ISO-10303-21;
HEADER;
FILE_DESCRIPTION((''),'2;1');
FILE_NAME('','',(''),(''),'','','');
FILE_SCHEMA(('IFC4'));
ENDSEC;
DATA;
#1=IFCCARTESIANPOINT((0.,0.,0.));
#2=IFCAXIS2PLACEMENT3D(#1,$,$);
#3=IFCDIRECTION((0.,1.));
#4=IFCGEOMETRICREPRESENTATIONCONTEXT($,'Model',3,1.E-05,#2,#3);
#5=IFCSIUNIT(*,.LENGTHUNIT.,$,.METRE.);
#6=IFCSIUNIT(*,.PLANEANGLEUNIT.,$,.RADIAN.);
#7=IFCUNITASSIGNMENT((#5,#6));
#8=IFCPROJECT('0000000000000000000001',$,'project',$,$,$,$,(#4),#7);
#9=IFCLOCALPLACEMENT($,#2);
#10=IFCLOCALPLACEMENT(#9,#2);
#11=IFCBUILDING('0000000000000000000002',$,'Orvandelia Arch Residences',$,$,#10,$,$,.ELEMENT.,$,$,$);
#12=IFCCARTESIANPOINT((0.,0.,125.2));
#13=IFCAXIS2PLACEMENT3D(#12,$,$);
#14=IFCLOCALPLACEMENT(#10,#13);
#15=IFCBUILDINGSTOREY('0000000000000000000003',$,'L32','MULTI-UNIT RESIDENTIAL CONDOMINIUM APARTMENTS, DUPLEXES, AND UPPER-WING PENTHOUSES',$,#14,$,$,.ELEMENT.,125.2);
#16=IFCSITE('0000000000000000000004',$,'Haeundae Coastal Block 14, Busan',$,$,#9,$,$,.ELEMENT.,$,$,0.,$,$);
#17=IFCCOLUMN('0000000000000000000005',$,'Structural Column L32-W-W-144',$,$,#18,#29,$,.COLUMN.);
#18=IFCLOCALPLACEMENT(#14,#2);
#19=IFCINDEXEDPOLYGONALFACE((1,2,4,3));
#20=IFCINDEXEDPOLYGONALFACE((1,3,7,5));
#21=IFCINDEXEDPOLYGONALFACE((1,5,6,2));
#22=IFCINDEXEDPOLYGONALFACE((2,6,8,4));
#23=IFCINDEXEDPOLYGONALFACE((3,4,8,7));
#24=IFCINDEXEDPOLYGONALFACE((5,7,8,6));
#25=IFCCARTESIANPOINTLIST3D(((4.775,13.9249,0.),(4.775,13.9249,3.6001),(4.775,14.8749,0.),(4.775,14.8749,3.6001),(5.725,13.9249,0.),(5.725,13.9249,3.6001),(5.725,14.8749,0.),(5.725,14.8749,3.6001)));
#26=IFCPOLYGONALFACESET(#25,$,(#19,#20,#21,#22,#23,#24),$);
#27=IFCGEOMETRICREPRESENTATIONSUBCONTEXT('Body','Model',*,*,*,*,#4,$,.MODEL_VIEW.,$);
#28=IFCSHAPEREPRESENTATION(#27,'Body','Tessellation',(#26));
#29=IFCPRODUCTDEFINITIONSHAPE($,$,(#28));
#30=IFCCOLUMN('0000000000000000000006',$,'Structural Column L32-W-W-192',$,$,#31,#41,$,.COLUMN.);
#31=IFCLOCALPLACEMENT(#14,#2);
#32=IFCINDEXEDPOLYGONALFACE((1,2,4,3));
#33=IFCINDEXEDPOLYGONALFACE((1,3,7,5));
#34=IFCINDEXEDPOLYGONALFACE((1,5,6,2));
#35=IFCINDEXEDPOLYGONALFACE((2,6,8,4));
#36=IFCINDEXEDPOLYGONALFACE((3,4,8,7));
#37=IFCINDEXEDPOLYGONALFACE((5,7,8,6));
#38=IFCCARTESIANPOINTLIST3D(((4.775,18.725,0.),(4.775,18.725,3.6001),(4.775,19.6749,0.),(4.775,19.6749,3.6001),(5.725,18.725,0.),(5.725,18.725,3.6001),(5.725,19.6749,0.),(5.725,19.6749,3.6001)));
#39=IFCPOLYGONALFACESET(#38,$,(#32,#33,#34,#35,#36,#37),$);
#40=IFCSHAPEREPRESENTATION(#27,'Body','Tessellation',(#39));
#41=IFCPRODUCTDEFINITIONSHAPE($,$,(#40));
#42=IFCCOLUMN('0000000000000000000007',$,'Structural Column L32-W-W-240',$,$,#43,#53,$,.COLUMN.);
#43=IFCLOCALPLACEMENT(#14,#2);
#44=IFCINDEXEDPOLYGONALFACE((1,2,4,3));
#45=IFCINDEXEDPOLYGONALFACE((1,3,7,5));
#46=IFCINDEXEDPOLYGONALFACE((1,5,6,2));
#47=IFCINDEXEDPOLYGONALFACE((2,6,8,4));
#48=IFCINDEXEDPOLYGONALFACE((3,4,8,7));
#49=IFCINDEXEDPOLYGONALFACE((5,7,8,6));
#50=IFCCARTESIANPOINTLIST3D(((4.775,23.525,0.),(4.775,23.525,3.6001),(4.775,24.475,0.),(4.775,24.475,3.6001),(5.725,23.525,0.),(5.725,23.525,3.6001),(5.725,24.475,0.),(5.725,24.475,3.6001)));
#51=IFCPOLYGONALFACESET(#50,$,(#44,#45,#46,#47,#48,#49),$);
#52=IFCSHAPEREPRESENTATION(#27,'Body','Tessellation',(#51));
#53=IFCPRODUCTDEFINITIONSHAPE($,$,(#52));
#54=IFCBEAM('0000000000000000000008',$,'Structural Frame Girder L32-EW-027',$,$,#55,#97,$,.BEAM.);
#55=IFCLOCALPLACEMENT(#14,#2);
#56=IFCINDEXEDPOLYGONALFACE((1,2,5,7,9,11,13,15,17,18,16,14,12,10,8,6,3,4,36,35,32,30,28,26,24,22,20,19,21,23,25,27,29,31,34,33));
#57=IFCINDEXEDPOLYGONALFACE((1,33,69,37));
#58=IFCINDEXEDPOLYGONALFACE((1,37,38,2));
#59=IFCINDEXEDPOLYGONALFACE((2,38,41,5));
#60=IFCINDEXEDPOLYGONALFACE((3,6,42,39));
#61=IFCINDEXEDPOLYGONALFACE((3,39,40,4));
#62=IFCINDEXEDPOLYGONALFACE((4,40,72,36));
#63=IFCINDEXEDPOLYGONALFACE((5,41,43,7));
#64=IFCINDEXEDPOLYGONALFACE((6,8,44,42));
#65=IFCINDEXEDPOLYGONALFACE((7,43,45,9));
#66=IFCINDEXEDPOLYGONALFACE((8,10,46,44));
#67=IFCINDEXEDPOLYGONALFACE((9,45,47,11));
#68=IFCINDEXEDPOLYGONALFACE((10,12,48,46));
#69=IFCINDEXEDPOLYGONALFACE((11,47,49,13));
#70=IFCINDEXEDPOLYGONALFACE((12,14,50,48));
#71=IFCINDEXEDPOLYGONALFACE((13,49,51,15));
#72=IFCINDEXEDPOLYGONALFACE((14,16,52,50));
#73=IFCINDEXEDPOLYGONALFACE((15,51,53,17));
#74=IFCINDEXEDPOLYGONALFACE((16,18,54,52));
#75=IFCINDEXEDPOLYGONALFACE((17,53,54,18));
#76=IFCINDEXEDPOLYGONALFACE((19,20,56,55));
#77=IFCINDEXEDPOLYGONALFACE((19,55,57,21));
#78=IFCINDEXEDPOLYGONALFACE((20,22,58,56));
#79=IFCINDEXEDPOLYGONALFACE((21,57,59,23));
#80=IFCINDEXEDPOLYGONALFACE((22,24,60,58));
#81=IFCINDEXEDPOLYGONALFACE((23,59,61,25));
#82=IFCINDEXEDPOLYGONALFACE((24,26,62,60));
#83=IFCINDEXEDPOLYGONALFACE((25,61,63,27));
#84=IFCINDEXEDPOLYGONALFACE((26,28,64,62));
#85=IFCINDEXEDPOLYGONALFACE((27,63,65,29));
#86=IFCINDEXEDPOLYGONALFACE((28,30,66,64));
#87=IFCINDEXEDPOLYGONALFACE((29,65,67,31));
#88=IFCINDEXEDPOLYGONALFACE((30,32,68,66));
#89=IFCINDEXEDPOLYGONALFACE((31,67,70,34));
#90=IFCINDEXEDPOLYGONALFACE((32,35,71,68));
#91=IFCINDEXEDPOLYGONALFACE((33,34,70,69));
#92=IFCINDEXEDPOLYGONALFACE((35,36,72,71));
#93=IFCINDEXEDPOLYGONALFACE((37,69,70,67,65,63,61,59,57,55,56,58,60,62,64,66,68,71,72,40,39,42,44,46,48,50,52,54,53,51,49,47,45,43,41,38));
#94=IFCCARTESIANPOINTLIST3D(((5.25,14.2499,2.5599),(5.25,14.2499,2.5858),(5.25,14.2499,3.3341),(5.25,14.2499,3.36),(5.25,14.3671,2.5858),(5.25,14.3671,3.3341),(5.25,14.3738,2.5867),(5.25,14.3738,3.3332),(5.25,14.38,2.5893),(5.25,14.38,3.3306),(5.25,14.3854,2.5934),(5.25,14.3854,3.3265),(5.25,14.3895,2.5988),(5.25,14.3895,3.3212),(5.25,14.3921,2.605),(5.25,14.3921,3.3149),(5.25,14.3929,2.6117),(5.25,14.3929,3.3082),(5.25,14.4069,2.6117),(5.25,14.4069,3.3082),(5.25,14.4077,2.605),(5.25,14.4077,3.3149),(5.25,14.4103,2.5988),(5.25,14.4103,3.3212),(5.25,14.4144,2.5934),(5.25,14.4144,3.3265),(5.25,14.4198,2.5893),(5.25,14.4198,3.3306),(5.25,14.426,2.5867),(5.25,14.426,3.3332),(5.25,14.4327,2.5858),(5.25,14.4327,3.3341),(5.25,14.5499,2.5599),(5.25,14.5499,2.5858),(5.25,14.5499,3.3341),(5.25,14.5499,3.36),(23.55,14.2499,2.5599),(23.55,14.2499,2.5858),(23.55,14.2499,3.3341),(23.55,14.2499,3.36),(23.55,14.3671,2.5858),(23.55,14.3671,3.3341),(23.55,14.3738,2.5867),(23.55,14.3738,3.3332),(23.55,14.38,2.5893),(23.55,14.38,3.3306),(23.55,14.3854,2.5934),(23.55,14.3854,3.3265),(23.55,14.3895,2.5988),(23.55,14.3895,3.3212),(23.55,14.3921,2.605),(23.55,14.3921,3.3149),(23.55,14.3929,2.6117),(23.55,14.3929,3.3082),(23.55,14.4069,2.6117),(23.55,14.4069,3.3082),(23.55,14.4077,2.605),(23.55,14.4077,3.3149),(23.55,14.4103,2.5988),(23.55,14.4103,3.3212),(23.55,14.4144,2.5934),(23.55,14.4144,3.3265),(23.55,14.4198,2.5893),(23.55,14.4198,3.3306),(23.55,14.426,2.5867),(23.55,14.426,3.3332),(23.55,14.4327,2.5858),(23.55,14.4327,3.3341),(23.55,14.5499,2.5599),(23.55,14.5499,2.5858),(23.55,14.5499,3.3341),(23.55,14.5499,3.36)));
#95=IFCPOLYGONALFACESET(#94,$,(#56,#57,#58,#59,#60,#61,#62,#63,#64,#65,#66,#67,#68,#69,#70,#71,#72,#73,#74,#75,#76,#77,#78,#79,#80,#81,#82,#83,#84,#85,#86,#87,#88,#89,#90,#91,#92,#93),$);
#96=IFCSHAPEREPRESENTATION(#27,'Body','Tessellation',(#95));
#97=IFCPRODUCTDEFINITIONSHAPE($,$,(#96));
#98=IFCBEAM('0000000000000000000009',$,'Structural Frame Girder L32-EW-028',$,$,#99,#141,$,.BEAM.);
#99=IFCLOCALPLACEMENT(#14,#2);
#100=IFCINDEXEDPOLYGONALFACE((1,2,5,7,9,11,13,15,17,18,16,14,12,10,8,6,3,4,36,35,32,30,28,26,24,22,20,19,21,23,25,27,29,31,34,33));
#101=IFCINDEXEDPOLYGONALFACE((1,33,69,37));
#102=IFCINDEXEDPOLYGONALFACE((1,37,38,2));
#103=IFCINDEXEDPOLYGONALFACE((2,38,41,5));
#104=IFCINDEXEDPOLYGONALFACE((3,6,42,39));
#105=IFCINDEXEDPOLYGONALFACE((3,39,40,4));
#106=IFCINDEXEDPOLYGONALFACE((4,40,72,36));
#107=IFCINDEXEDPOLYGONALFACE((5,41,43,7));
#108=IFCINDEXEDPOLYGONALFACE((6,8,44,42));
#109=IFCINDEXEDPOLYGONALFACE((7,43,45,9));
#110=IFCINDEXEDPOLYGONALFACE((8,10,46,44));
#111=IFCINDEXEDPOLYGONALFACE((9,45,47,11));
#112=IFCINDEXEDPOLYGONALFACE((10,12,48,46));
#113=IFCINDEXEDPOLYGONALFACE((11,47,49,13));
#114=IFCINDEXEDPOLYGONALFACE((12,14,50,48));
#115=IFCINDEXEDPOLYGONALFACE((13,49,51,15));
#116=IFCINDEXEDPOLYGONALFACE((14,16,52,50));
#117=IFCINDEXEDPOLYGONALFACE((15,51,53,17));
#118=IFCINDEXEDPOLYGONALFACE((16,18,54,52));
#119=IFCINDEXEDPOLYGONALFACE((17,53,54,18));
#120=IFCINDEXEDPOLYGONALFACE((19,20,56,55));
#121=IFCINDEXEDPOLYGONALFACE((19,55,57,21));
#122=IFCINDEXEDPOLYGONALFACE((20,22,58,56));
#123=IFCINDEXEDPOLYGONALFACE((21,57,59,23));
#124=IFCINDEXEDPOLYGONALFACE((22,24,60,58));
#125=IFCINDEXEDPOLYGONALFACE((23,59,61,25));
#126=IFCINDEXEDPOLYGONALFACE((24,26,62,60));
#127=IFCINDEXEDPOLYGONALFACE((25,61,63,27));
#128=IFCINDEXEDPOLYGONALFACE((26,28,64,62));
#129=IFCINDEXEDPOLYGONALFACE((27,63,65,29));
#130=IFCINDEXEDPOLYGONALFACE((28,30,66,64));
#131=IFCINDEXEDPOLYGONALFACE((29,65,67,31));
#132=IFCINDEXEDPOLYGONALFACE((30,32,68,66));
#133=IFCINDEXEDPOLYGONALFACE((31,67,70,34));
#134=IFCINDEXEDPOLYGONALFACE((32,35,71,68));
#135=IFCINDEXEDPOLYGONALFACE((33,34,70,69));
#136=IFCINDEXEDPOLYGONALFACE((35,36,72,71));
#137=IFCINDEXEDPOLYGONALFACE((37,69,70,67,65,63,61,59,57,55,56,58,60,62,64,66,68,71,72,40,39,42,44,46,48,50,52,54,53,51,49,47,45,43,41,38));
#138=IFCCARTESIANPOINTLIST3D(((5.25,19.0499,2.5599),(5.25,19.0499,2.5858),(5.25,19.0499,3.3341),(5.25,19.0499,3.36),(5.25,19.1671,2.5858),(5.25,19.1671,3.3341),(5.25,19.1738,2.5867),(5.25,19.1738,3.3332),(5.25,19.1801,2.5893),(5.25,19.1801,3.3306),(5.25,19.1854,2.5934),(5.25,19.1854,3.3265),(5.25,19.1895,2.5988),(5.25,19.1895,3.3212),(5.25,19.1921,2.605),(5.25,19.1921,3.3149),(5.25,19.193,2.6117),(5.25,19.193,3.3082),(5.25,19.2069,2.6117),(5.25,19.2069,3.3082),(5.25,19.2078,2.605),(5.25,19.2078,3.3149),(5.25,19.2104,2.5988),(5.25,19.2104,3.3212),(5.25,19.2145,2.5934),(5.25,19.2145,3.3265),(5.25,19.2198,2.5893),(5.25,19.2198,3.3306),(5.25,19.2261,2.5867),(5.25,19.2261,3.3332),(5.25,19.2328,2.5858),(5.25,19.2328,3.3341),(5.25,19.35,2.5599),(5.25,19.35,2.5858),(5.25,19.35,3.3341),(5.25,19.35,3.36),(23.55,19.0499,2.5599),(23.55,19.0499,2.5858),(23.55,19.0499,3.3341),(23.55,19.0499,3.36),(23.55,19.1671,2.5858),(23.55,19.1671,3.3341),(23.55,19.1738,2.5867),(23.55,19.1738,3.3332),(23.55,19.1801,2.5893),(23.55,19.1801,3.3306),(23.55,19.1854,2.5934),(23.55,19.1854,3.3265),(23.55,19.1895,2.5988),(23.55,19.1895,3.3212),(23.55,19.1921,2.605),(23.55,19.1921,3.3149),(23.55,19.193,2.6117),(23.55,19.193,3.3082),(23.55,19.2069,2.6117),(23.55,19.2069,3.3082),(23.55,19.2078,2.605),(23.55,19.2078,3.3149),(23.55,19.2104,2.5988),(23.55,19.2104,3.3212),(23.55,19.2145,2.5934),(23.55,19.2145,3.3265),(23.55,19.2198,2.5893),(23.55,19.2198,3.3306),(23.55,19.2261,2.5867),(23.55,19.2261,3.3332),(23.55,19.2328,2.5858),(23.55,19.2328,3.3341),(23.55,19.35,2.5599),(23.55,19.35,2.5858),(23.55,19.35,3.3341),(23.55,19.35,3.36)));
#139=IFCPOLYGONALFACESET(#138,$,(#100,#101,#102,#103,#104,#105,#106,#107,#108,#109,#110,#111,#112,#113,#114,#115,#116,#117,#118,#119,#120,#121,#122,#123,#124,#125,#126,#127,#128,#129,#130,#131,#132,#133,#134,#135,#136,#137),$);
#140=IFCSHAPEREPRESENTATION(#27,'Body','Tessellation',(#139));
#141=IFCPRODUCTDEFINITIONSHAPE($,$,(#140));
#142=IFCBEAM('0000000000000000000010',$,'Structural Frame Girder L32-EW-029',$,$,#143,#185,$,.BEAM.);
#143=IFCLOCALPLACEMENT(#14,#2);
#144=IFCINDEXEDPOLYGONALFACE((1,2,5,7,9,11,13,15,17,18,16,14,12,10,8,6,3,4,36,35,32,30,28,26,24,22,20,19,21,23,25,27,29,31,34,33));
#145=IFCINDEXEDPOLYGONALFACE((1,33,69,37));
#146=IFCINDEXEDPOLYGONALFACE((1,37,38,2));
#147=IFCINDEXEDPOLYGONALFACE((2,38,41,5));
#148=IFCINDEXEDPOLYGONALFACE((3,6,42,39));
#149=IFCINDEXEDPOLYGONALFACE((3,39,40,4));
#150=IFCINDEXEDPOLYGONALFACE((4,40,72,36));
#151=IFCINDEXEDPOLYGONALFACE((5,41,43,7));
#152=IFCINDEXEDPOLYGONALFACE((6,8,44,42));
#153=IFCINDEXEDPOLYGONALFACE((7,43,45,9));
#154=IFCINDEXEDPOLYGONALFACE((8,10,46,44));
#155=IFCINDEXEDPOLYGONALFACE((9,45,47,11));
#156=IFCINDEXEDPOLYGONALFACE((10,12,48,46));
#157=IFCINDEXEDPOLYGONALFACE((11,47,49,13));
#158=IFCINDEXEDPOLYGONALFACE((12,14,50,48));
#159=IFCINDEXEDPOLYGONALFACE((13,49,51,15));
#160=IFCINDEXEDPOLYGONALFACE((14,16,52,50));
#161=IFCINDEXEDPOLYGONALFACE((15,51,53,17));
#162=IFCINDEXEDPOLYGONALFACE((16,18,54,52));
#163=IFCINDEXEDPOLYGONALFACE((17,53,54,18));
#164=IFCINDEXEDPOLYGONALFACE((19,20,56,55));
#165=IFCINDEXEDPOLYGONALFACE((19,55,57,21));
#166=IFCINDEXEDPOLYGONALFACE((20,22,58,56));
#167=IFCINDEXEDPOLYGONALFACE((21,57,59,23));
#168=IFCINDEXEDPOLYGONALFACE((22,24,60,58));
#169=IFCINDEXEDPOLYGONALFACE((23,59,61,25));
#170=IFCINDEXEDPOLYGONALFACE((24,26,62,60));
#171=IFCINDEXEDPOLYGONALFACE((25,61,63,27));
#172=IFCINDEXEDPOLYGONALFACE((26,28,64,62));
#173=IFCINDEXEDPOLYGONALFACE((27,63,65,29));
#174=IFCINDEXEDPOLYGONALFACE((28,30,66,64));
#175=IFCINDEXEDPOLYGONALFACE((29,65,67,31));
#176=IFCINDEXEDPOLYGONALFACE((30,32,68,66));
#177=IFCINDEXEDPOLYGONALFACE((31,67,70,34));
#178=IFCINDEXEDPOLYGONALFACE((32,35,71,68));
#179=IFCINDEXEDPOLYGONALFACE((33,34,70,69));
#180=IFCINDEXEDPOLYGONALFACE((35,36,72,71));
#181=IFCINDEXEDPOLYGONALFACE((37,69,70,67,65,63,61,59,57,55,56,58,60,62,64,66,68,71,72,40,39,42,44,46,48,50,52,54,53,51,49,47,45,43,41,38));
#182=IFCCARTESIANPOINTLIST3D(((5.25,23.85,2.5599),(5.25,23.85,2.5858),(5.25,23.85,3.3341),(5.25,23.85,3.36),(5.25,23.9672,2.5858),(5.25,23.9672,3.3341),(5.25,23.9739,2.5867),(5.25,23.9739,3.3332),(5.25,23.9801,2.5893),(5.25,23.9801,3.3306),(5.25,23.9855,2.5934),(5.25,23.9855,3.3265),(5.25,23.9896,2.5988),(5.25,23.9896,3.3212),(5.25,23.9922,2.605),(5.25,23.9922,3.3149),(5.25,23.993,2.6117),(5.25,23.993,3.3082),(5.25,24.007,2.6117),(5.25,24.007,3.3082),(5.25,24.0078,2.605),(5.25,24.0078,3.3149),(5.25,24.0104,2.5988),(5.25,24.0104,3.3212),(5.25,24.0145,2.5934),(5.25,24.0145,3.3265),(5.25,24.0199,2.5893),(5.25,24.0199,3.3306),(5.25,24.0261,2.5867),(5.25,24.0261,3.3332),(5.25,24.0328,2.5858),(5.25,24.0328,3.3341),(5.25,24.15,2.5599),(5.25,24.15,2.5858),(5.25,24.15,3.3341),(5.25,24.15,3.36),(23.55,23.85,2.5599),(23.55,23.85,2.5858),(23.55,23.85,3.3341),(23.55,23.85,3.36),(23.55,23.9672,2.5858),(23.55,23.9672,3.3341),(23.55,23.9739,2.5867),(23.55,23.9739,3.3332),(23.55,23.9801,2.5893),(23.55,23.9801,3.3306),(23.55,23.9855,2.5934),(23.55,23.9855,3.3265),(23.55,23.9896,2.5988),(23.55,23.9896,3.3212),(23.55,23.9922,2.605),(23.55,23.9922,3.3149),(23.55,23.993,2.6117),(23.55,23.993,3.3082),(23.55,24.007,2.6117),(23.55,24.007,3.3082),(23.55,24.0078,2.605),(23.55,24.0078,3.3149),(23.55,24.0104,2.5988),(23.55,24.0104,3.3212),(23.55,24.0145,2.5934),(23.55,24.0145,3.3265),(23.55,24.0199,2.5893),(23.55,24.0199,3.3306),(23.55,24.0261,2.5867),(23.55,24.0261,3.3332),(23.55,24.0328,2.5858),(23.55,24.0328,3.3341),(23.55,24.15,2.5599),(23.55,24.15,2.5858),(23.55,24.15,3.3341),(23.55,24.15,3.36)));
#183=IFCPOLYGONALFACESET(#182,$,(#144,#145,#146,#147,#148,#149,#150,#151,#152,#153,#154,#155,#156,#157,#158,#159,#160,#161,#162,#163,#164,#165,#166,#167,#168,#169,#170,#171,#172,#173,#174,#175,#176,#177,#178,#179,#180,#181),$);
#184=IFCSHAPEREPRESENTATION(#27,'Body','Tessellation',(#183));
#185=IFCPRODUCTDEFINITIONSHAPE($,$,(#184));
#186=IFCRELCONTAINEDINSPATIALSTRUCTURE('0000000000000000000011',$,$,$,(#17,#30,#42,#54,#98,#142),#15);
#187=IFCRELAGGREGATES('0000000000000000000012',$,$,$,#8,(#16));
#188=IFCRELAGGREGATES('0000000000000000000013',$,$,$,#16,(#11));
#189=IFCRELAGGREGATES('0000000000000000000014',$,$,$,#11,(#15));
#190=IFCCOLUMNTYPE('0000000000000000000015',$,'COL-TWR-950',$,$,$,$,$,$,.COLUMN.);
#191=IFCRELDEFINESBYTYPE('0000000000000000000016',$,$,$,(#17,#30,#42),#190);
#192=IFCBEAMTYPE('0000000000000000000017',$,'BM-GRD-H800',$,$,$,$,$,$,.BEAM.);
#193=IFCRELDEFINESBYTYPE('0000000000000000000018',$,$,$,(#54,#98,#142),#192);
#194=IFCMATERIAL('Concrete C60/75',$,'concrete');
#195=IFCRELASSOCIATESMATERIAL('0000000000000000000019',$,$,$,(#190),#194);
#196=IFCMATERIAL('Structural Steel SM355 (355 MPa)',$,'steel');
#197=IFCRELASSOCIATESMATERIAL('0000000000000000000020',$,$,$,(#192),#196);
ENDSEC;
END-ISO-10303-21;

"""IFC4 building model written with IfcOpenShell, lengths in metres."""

from ifc_helpers import new_model, si_unit, direction, frame, origin, origin_2d, place, context, subcontext, project, spatial, rectangle, i_section, extrude, material, material_profile, profile_set, type_object, element, save


model = new_model("IFC4")

# Units and contexts
model_context = context("Model", 3, precision=1e-05, world=origin(), true_north=direction((0.0, 1.0)))
body_context = subcontext(model_context, "Body", "Model", "MODEL_VIEW")
ifc_project = project(units=[si_unit("LENGTHUNIT", "METRE"), si_unit("PLANEANGLEUNIT", "RADIAN")], contexts=[model_context])

# Site, building, storey
site_placement = place(None, origin())
site = spatial("IfcSite", under=ifc_project, at=site_placement, Name="Haeundae Coastal Block 14, Busan", CompositionType="ELEMENT", RefElevation=0.0)
building_placement = place(site_placement, origin())
building = spatial("IfcBuilding", under=site, at=building_placement, Name="Orvandelia Arch Residences", CompositionType="ELEMENT")
storey_placement = place(building_placement, frame((0.0, 0.0, 125.2)))
storey = spatial("IfcBuildingStorey", under=building, at=storey_placement, Name="L32", Description="MULTI-UNIT RESIDENTIAL CONDOMINIUM APARTMENTS, DUPLEXES, AND UPPER-WING PENTHOUSES", CompositionType="ELEMENT", Elevation=125.2)

# Columns
ifc_material_1 = material(Name="Concrete C60/75", Category="concrete")
ifc_material_profile_1 = material_profile(ifc_material_1, rectangle(XDim=0.95, YDim=0.95, at=origin_2d()), Name="Concrete C60/75", Category="concrete")
ifc_profile_set_1 = profile_set([ifc_material_profile_1], Name="Concrete C60/75")
column_type = type_object("IfcColumnType", Name="COL-TWR-950", PredefinedType="COLUMN", material=ifc_profile_set_1)
for number, where, z_axis, x_axis, name in (
    (1, (5.25, 14.3999, 0.0), (0.0, 0.0, 1.0), (1.0, 0.0, 0.0), "Structural Column L32-W-W-144"),
    (2, (5.25, 19.2, 0.0), (0.0, 0.0, 1.0), (1.0, 0.0, 0.0), "Structural Column L32-W-W-192"),
    (3, (5.25, 24.0, 0.0), (0.0, 0.0, 1.0), (1.0, 0.0, 0.0), "Structural Column L32-W-W-240"),
):
    element("IfcColumn", number, at=place(storey_placement, frame(where, z_axis=z_axis, x_axis=x_axis)), inside=storey, type_object=column_type, Name=name, PredefinedType="COLUMN", context=body_context, shape_type="SweptSolid", body=[
        extrude(rectangle(XDim=0.95, YDim=0.95, at=origin_2d()), origin(), (0.0, 0.0, 1.0), 3.6001),
    ])

# Beams
ifc_material_2 = material(Name="Structural Steel SM355 (355 MPa)", Category="steel")
ifc_material_profile_2 = material_profile(ifc_material_2, i_section(OverallWidth=0.3, OverallDepth=0.8, WebThickness=0.0139, FlangeThickness=0.0259, FilletRadius=0.0259, at=origin_2d()), Name="Structural Steel SM355 (355 MPa)", Category="steel")
ifc_profile_set_2 = profile_set([ifc_material_profile_2], Name="Structural Steel SM355 (355 MPa)")
beam_type_1 = type_object("IfcBeamType", Name="BM-GRD-H800", PredefinedType="BEAM", material=ifc_profile_set_2)
for number, where, z_axis, x_axis, name in (
    (4, (5.25, 14.3999, 2.96), (1.0, 0.0, 0.0), (0.0, 1.0, 0.0), "Structural Frame Girder L32-EW-027"),
    (5, (5.25, 19.2, 2.96), (1.0, 0.0, 0.0), (0.0, 1.0, 0.0), "Structural Frame Girder L32-EW-028"),
    (6, (5.25, 24.0, 2.96), (1.0, 0.0, 0.0), (0.0, 1.0, 0.0), "Structural Frame Girder L32-EW-029"),
):
    element("IfcBeam", number, at=place(storey_placement, frame(where, z_axis=z_axis, x_axis=x_axis)), inside=storey, type_object=beam_type_1, Name=name, PredefinedType="BEAM", context=body_context, shape_type="SweptSolid", body=[
        extrude(i_section(OverallWidth=0.3, OverallDepth=0.8, WebThickness=0.0139, FlangeThickness=0.0259, FilletRadius=0.0259, at=origin_2d()), origin(), (0.0, 0.0, 1.0), 18.3),
    ])

save(model, "model.ifc")
